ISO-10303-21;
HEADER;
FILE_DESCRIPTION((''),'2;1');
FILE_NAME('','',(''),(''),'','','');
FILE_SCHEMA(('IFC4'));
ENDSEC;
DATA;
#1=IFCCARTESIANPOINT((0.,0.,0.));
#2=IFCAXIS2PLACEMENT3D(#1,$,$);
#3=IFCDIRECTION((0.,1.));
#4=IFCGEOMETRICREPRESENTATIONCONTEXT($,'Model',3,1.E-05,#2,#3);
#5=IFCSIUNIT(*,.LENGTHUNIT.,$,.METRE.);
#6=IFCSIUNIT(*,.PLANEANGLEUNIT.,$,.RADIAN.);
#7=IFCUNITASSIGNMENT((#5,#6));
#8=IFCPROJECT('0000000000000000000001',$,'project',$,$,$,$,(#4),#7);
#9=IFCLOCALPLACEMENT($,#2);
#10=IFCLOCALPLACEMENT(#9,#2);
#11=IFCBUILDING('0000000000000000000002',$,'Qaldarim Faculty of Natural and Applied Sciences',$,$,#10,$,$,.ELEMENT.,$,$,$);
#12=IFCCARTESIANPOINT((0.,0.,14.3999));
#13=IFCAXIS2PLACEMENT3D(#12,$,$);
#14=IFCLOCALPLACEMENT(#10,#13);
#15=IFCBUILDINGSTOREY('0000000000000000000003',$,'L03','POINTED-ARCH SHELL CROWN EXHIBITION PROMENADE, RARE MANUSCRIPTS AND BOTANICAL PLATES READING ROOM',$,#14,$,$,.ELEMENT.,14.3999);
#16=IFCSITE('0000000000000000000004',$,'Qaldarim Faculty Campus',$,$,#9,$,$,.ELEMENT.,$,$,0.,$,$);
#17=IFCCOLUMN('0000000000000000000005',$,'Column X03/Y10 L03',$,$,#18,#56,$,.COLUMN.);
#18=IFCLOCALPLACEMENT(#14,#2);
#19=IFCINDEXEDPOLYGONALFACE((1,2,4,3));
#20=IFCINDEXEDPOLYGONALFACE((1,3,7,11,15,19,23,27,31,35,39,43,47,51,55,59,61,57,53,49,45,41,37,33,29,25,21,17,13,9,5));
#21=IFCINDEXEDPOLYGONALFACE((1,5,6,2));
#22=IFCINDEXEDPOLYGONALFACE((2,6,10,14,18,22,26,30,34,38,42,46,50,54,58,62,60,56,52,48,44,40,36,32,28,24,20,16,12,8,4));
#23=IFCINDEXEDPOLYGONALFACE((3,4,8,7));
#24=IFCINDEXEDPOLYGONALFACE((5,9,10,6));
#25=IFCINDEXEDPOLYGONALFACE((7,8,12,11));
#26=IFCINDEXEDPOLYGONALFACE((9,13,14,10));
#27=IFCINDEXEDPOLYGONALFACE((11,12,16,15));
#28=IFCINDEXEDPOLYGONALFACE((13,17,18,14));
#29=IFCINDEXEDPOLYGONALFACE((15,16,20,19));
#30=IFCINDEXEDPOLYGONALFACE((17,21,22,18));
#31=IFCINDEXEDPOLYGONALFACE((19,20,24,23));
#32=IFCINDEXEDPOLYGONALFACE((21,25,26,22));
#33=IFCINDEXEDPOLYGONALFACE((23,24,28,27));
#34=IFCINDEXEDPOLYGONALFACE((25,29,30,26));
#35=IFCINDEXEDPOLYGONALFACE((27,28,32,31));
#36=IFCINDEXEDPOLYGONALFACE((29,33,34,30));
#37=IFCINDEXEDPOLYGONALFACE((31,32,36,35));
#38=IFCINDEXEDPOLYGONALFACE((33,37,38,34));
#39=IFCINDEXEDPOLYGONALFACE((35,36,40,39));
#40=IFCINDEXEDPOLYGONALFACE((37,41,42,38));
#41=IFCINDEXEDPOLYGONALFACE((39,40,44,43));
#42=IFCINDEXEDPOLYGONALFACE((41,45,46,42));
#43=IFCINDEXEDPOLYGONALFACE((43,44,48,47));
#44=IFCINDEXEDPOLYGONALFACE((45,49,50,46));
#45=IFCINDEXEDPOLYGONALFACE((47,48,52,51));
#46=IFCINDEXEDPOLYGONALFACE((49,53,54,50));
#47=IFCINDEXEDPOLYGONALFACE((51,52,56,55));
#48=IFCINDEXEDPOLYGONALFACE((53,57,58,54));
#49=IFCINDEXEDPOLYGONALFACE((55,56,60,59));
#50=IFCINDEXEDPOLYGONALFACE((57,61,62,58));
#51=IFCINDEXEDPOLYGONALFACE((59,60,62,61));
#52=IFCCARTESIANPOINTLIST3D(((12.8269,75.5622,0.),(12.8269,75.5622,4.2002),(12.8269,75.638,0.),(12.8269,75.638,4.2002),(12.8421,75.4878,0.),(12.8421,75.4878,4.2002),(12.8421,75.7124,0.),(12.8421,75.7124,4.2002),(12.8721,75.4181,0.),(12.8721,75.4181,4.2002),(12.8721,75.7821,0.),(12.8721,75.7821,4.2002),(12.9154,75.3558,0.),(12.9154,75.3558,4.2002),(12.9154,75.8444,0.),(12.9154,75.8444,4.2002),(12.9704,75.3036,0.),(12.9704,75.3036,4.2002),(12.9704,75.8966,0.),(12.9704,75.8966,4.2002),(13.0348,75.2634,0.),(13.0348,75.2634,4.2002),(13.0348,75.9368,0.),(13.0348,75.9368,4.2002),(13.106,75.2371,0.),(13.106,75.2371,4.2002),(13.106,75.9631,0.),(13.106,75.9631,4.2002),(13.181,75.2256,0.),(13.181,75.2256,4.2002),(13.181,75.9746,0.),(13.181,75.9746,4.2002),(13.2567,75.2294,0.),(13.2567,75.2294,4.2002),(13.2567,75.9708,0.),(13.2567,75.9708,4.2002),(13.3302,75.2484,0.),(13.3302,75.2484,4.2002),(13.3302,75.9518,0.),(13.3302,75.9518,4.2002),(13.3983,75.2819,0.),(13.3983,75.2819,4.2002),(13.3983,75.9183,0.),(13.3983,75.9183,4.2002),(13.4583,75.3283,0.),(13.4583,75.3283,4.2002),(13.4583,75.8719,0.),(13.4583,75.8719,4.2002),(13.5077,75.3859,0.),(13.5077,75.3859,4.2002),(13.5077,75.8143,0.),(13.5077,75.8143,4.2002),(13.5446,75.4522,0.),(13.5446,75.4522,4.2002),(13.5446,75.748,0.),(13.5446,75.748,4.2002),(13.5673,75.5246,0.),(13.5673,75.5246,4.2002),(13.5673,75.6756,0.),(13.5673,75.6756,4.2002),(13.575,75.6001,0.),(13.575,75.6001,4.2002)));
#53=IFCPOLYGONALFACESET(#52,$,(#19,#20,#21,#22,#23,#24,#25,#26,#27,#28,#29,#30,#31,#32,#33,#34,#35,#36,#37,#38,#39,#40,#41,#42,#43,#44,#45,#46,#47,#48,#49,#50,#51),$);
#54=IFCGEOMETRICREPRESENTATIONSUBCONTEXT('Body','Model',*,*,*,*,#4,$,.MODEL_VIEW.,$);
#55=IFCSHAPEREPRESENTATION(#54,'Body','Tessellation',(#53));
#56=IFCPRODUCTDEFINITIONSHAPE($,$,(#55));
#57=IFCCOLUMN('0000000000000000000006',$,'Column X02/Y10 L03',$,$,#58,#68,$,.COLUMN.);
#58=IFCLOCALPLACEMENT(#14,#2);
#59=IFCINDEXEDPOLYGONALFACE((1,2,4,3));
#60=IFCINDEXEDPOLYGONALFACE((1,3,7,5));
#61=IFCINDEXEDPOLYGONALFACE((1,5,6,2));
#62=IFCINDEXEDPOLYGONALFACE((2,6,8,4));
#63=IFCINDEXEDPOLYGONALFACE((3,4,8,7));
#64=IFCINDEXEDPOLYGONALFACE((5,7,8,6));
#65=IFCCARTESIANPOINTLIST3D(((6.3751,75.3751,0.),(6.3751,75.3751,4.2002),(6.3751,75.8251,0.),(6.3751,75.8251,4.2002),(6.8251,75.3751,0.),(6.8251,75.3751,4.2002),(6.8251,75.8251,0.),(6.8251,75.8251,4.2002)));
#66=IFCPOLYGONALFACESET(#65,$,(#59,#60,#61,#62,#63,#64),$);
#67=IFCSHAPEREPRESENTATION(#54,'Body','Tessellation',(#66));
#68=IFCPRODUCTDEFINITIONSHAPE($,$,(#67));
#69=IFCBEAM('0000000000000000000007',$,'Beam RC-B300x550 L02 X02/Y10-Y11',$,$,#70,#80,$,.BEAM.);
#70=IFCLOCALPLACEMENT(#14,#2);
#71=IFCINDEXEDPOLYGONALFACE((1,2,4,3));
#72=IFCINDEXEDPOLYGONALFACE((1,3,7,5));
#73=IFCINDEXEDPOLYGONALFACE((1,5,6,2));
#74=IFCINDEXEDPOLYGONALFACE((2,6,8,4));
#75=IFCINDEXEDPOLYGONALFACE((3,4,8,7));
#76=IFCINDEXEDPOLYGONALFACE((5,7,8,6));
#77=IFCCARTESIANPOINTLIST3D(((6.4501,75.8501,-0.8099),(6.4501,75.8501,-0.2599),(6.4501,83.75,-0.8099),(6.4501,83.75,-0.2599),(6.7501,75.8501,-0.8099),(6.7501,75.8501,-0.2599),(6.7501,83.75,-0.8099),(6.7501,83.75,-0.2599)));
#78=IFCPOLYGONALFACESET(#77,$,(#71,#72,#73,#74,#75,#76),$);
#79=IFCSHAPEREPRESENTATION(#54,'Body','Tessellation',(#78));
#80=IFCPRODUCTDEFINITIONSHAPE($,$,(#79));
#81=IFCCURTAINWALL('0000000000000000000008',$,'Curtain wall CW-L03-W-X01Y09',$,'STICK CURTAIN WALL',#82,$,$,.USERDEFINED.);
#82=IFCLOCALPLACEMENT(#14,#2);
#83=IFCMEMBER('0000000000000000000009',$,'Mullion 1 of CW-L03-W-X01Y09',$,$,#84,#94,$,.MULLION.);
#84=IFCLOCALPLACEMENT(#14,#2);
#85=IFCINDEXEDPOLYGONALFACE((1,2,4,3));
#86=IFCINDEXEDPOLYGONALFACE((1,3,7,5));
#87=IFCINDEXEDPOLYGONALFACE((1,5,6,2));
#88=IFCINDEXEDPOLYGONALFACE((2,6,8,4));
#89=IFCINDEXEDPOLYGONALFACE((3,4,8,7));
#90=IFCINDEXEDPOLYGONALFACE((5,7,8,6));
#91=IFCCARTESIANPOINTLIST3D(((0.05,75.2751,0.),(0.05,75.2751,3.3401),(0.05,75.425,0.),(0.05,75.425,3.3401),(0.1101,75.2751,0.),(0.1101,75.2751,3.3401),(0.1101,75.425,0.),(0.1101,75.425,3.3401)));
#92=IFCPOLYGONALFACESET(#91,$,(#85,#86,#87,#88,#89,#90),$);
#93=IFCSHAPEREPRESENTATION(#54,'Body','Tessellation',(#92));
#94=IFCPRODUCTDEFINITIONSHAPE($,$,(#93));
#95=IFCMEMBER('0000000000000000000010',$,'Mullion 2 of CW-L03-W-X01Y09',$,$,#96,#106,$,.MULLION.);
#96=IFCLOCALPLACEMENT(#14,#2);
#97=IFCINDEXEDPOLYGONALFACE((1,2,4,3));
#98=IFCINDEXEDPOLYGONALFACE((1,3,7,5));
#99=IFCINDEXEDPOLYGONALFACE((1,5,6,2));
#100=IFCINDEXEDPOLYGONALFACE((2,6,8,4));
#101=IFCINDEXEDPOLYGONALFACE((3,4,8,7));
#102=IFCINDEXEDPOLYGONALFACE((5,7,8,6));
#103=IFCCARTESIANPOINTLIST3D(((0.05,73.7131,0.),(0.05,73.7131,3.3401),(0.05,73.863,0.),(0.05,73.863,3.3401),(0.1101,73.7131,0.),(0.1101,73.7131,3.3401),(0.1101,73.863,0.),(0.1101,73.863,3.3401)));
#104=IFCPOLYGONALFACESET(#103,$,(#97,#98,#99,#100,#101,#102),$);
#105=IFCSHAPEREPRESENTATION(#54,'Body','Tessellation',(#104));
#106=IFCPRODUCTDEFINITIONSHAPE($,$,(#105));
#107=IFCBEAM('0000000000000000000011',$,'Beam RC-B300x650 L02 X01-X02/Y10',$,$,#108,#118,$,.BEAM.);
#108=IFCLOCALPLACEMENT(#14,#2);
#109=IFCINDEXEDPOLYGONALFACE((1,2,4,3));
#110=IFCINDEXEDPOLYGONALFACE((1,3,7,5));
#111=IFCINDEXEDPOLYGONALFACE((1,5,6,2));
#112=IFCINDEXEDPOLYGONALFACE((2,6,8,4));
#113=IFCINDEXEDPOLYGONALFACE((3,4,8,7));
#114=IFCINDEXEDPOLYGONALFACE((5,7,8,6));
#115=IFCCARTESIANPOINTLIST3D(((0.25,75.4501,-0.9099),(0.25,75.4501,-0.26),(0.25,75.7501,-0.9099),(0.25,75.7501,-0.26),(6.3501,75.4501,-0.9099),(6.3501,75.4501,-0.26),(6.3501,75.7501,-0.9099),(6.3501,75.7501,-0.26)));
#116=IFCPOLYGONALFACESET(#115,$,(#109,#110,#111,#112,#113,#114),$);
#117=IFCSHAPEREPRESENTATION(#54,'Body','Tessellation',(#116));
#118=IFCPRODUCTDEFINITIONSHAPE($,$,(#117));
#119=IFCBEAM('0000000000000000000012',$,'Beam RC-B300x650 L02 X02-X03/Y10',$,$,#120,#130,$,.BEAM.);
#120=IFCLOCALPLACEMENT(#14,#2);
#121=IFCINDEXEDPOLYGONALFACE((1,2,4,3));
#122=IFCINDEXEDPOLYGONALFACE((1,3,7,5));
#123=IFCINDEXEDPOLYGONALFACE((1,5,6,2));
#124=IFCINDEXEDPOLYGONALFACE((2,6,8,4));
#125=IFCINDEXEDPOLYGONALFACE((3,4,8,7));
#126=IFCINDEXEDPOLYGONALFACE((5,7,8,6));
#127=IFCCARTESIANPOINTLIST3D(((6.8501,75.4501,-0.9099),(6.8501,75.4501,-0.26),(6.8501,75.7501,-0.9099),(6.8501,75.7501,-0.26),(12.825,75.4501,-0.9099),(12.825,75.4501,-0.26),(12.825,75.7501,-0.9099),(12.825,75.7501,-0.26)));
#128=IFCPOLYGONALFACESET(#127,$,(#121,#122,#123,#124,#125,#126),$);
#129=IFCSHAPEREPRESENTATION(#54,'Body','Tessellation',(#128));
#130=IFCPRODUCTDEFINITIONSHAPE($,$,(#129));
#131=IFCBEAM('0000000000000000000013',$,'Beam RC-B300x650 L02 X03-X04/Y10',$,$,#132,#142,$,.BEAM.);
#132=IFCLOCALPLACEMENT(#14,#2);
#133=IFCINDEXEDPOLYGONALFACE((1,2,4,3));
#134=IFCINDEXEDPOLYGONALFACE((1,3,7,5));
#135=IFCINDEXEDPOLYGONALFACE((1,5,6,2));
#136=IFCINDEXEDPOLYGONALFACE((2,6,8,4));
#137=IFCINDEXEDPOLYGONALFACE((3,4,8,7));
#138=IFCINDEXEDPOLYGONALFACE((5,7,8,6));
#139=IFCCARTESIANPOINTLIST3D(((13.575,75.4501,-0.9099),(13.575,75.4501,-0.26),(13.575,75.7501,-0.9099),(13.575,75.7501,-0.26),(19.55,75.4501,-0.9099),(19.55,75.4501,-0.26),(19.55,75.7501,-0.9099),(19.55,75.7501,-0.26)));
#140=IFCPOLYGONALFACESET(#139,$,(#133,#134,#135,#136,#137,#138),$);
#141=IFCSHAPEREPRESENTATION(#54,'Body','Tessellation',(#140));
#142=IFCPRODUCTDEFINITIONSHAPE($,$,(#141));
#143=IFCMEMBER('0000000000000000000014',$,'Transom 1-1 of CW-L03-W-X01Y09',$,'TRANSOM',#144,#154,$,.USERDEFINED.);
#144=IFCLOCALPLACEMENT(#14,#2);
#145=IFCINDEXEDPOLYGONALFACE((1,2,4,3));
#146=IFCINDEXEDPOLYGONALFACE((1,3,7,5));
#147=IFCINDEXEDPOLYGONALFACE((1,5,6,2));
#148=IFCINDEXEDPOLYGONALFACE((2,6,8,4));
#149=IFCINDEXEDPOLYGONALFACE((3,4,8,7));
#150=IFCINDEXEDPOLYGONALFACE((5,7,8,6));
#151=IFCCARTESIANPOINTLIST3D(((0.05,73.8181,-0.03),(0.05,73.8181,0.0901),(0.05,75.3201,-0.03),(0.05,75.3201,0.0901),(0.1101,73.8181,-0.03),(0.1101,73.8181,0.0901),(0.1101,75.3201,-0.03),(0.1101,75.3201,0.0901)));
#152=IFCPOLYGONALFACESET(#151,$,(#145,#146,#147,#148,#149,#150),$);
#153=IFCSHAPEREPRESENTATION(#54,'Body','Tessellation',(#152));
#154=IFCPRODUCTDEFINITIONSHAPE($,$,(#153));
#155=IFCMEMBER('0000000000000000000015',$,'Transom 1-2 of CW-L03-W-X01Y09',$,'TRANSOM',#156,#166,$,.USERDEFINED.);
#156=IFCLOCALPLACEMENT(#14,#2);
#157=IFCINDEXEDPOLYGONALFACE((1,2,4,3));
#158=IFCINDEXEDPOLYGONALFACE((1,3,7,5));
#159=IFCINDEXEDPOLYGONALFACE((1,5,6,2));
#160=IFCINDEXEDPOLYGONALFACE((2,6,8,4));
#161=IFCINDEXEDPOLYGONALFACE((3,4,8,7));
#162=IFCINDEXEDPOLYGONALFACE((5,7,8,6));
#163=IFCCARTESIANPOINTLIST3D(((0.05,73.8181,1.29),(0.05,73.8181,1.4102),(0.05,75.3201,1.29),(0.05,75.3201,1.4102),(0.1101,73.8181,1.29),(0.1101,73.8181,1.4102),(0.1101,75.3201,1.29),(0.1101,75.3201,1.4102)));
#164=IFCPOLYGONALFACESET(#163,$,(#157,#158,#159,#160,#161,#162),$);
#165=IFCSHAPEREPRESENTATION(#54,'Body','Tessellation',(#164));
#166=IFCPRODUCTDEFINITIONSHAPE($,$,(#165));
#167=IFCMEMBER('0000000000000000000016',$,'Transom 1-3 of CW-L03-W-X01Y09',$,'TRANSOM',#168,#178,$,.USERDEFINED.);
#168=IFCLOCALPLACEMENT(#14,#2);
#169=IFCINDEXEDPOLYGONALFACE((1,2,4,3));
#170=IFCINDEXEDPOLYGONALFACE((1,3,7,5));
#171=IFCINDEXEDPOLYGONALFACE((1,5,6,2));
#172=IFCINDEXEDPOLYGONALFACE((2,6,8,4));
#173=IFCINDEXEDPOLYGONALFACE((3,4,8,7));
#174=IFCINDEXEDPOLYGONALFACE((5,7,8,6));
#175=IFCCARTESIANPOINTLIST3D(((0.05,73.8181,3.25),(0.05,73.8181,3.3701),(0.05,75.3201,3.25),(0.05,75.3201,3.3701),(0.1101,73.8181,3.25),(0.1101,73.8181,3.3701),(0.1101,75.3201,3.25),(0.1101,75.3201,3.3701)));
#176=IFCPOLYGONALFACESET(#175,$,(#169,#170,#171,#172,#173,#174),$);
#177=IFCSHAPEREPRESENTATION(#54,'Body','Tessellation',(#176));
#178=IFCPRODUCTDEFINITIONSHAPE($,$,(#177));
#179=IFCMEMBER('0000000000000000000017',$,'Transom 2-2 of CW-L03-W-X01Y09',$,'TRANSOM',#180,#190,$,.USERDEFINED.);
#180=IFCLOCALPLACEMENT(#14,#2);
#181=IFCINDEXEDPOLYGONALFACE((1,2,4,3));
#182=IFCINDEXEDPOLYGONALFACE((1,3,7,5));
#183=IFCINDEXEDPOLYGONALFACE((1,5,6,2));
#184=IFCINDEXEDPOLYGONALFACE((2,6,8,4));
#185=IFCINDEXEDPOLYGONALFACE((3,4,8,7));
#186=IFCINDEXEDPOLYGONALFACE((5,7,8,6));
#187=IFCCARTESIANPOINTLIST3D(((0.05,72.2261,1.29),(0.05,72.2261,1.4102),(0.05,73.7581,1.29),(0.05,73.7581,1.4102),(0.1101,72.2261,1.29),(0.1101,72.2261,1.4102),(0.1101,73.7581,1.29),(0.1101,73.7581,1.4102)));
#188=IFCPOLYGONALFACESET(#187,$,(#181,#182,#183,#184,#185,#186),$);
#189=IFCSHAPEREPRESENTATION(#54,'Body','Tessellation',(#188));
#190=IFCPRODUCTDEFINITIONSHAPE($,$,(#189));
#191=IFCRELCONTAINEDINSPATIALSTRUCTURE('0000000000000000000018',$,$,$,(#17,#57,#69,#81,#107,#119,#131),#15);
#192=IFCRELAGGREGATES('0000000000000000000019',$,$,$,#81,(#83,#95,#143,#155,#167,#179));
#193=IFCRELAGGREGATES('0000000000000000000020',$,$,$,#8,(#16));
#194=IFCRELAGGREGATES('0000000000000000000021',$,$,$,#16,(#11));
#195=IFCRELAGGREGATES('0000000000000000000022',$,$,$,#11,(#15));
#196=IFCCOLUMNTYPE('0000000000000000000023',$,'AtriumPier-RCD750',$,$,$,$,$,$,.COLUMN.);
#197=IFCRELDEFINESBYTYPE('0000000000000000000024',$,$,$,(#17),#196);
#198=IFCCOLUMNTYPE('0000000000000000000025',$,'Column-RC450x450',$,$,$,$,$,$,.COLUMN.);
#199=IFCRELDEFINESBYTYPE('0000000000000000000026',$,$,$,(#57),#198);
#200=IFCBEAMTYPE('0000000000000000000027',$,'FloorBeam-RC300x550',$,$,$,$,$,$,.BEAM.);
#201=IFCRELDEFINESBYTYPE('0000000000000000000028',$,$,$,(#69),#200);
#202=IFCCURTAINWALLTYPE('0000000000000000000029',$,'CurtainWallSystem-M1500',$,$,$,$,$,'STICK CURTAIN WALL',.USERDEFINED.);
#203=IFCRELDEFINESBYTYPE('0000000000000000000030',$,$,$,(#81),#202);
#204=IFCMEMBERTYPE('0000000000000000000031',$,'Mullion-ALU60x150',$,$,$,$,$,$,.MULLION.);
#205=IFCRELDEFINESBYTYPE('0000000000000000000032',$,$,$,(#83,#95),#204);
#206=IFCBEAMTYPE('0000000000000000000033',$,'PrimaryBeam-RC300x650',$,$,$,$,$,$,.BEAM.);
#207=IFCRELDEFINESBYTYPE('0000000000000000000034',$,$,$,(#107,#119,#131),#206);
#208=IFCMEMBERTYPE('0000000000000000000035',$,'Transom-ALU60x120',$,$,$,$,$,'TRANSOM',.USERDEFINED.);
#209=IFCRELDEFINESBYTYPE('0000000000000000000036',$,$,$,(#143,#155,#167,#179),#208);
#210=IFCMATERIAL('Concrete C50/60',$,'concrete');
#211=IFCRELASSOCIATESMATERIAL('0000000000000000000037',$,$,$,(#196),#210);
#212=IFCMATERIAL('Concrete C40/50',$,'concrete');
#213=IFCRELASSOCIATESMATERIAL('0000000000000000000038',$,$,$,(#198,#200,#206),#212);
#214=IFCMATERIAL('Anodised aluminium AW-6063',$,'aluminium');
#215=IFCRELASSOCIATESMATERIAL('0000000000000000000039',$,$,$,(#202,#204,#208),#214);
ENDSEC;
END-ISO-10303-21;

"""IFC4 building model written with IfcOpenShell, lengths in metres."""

from ifc_helpers import new_model, si_unit, direction, frame, origin, origin_2d, place, context, subcontext, project, spatial, rectangle, circle, extrude, material, material_profile, profile_set, type_object, element, aggregate, save


model = new_model("IFC4")

# Units and contexts
model_context = context("Model", 3, precision=1e-05, world=origin(), true_north=direction((0.0, 1.0)))
body_context = subcontext(model_context, "Body", "Model", "MODEL_VIEW")
ifc_project = project(units=[si_unit("LENGTHUNIT", "METRE"), si_unit("PLANEANGLEUNIT", "RADIAN")], contexts=[model_context])

# Site, building, storey
site_placement = place(None, origin())
site = spatial("IfcSite", under=ifc_project, at=site_placement, Name="Qaldarim Faculty Campus", CompositionType="ELEMENT", RefElevation=0.0)
building_placement = place(site_placement, origin())
building = spatial("IfcBuilding", under=site, at=building_placement, Name="Qaldarim Faculty of Natural and Applied Sciences", CompositionType="ELEMENT")
storey_placement = place(building_placement, frame((0.0, 0.0, 14.3999)))
storey = spatial("IfcBuildingStorey", under=building, at=storey_placement, Name="L03", Description="POINTED-ARCH SHELL CROWN EXHIBITION PROMENADE, RARE MANUSCRIPTS AND BOTANICAL PLATES READING ROOM", CompositionType="ELEMENT", Elevation=14.3999)

# Columns
ifc_material_1 = material(Name="Concrete C50/60", Category="concrete")
ifc_material_profile_1 = material_profile(ifc_material_1, circle(Radius=0.375, at=origin_2d()), Name="RC-D750")
ifc_profile_set_1 = profile_set([ifc_material_profile_1], Name="Concrete C50/60")
column_type_1 = type_object("IfcColumnType", Name="AtriumPier-RCD750", PredefinedType="COLUMN", material=ifc_profile_set_1)
column_1_placement = place(storey_placement, frame((13.2, 75.6001, 0.0), z_axis=(0.0, 0.0, 1.0), x_axis=(1.0, 0.0, 0.0)))
element("IfcColumn", 1, at=column_1_placement, inside=storey, type_object=column_type_1, Name="Column X03/Y10 L03", PredefinedType="COLUMN", context=body_context, shape_type="SweptSolid", body=[
    extrude(circle(Radius=0.375, at=origin_2d()), origin(), (0.0, 0.0, 1.0), 4.2002),
])
ifc_material_2 = material(Name="Concrete C40/50", Category="concrete")
ifc_material_profile_2 = material_profile(ifc_material_2, rectangle(XDim=0.45, YDim=0.45, at=origin_2d()), Name="RC-C450x450")
ifc_profile_set_2 = profile_set([ifc_material_profile_2], Name="Concrete C40/50")
column_type_2 = type_object("IfcColumnType", Name="Column-RC450x450", PredefinedType="COLUMN", material=ifc_profile_set_2)
column_2_placement = place(storey_placement, frame((6.6001, 75.6001, 0.0), z_axis=(0.0, 0.0, 1.0), x_axis=(1.0, 0.0, 0.0)))
element("IfcColumn", 2, at=column_2_placement, inside=storey, type_object=column_type_2, Name="Column X02/Y10 L03", PredefinedType="COLUMN", context=body_context, shape_type="SweptSolid", body=[
    extrude(rectangle(XDim=0.45, YDim=0.45, at=origin_2d()), origin(), (0.0, 0.0, 1.0), 4.2002),
])

# Beam
ifc_material_profile_3 = material_profile(ifc_material_2, rectangle(XDim=0.3, YDim=0.55, at=origin_2d()), Name="RC-B300x550")
ifc_profile_set_3 = profile_set([ifc_material_profile_3], Name="Concrete C40/50")
beam_type_1 = type_object("IfcBeamType", Name="FloorBeam-RC300x550", PredefinedType="BEAM", material=ifc_profile_set_3)
beam_1_placement = place(storey_placement, frame((6.6001, 75.8501, -0.5349), z_axis=(0.0, 1.0, 0.0), x_axis=(-1.0, 0.0, 0.0)))
element("IfcBeam", 3, at=beam_1_placement, inside=storey, type_object=beam_type_1, Name="Beam RC-B300x550 L02 X02/Y10-Y11", PredefinedType="BEAM", context=body_context, shape_type="SweptSolid", body=[
    extrude(rectangle(XDim=0.3, YDim=0.55, at=origin_2d()), origin(), (0.0, 0.0, 1.0), 7.8999),
])

# Curtain wall, members
ifc_material_3 = material(Name="Anodised aluminium AW-6063", Category="aluminium")
curtain_wall_type = type_object("IfcCurtainWallType", Name="CurtainWallSystem-M1500", ElementType="STICK CURTAIN WALL", PredefinedType="USERDEFINED", material=ifc_material_3)
curtain_wall_placement = place(storey_placement, origin())
curtain_wall = element("IfcCurtainWall", 4, at=curtain_wall_placement, inside=storey, type_object=curtain_wall_type, Name="Curtain wall CW-L03-W-X01Y09", ObjectType="STICK CURTAIN WALL", PredefinedType="USERDEFINED")
ifc_material_profile_4 = material_profile(ifc_material_3, rectangle(XDim=0.0601, YDim=0.1499, at=origin_2d()), Name="ALU-M60x150")
ifc_profile_set_4 = profile_set([ifc_material_profile_4], Name="Anodised aluminium AW-6063")
member_type_1 = type_object("IfcMemberType", Name="Mullion-ALU60x150", PredefinedType="MULLION", material=ifc_profile_set_4)
member_1_placement = place(storey_placement, frame((0.0801, 75.3501, 0.0), z_axis=(0.0, 0.0, 1.0), x_axis=(1.0, 0.0, 0.0)))
member_1 = element("IfcMember", 5, at=member_1_placement, type_object=member_type_1, Name="Mullion 1 of CW-L03-W-X01Y09", PredefinedType="MULLION", context=body_context, shape_type="SweptSolid", body=[
    extrude(rectangle(XDim=0.0601, YDim=0.1499, at=origin_2d()), origin(), (0.0, 0.0, 1.0), 3.3401),
])
member_2_placement = place(storey_placement, frame((0.0801, 73.7881, 0.0), z_axis=(0.0, 0.0, 1.0), x_axis=(1.0, 0.0, 0.0)))
member_2 = element("IfcMember", 6, at=member_2_placement, type_object=member_type_1, Name="Mullion 2 of CW-L03-W-X01Y09", PredefinedType="MULLION", context=body_context, shape_type="SweptSolid", body=[
    extrude(rectangle(XDim=0.0601, YDim=0.1499, at=origin_2d()), origin(), (0.0, 0.0, 1.0), 3.3401),
])

# Beams
ifc_material_profile_5 = material_profile(ifc_material_2, rectangle(XDim=0.3, YDim=0.6499, at=origin_2d()), Name="RC-B300x650")
ifc_profile_set_5 = profile_set([ifc_material_profile_5], Name="Concrete C40/50")
beam_type_2 = type_object("IfcBeamType", Name="PrimaryBeam-RC300x650", PredefinedType="BEAM", material=ifc_profile_set_5)
beam_2_placement = place(storey_placement, frame((0.25, 75.6001, -0.585), z_axis=(1.0, 0.0, 0.0), x_axis=(0.0, 1.0, 0.0)))
element("IfcBeam", 7, at=beam_2_placement, inside=storey, type_object=beam_type_2, Name="Beam RC-B300x650 L02 X01-X02/Y10", PredefinedType="BEAM", context=body_context, shape_type="SweptSolid", body=[
    extrude(rectangle(XDim=0.3, YDim=0.6499, at=origin_2d()), origin(), (0.0, 0.0, 1.0), 6.1001),
])
beam_3_placement = place(storey_placement, frame((6.8501, 75.6001, -0.585), z_axis=(1.0, 0.0, 0.0), x_axis=(0.0, 1.0, 0.0)))
element("IfcBeam", 8, at=beam_3_placement, inside=storey, type_object=beam_type_2, Name="Beam RC-B300x650 L02 X02-X03/Y10", PredefinedType="BEAM", context=body_context, shape_type="SweptSolid", body=[
    extrude(rectangle(XDim=0.3, YDim=0.6499, at=origin_2d()), origin(), (0.0, 0.0, 1.0), 5.9749),
])
beam_4_placement = place(storey_placement, frame((13.575, 75.6001, -0.585), z_axis=(1.0, 0.0, 0.0), x_axis=(0.0, 1.0, 0.0)))
element("IfcBeam", 9, at=beam_4_placement, inside=storey, type_object=beam_type_2, Name="Beam RC-B300x650 L02 X03-X04/Y10", PredefinedType="BEAM", context=body_context, shape_type="SweptSolid", body=[
    extrude(rectangle(XDim=0.3, YDim=0.6499, at=origin_2d()), origin(), (0.0, 0.0, 1.0), 5.9751),
])

# Members
ifc_material_profile_6 = material_profile(ifc_material_3, rectangle(XDim=0.0601, YDim=0.1201, at=origin_2d()), Name="ALU-T60x120")
ifc_profile_set_6 = profile_set([ifc_material_profile_6], Name="Anodised aluminium AW-6063")
member_type_2 = type_object("IfcMemberType", Name="Transom-ALU60x120", ElementType="TRANSOM", PredefinedType="USERDEFINED", material=ifc_profile_set_6)
member_3_placement = place(storey_placement, frame((0.0801, 75.3201, 0.03), z_axis=(0.0, -1.0, 0.0), x_axis=(1.0, 0.0, 0.0)))
member_3 = element("IfcMember", 10, at=member_3_placement, type_object=member_type_2, Name="Transom 1-1 of CW-L03-W-X01Y09", ObjectType="TRANSOM", PredefinedType="USERDEFINED", context=body_context, shape_type="SweptSolid", body=[
    extrude(rectangle(XDim=0.0601, YDim=0.1201, at=origin_2d()), origin(), (0.0, 0.0, 1.0), 1.502),
])
member_4_placement = place(storey_placement, frame((0.0801, 75.3201, 1.3501), z_axis=(0.0, -1.0, 0.0), x_axis=(1.0, 0.0, 0.0)))
member_4 = element("IfcMember", 11, at=member_4_placement, type_object=member_type_2, Name="Transom 1-2 of CW-L03-W-X01Y09", ObjectType="TRANSOM", PredefinedType="USERDEFINED", context=body_context, shape_type="SweptSolid", body=[
    extrude(rectangle(XDim=0.0601, YDim=0.1201, at=origin_2d()), origin(), (0.0, 0.0, 1.0), 1.502),
])
member_5_placement = place(storey_placement, frame((0.0801, 75.3201, 3.3101), z_axis=(0.0, -1.0, 0.0), x_axis=(1.0, 0.0, 0.0)))
member_5 = element("IfcMember", 12, at=member_5_placement, type_object=member_type_2, Name="Transom 1-3 of CW-L03-W-X01Y09", ObjectType="TRANSOM", PredefinedType="USERDEFINED", context=body_context, shape_type="SweptSolid", body=[
    extrude(rectangle(XDim=0.0601, YDim=0.1201, at=origin_2d()), origin(), (0.0, 0.0, 1.0), 1.502),
])
member_6_placement = place(storey_placement, frame((0.0801, 73.7581, 1.3501), z_axis=(0.0, -1.0, 0.0), x_axis=(1.0, 0.0, 0.0)))
member_6 = element("IfcMember", 13, at=member_6_placement, type_object=member_type_2, Name="Transom 2-2 of CW-L03-W-X01Y09", ObjectType="TRANSOM", PredefinedType="USERDEFINED", context=body_context, shape_type="SweptSolid", body=[
    extrude(rectangle(XDim=0.0601, YDim=0.1201, at=origin_2d()), origin(), (0.0, 0.0, 1.0), 1.532),
])

aggregate(curtain_wall, [member_1, member_2, member_3, member_4, member_5, member_6])

save(model, "model.ifc")
